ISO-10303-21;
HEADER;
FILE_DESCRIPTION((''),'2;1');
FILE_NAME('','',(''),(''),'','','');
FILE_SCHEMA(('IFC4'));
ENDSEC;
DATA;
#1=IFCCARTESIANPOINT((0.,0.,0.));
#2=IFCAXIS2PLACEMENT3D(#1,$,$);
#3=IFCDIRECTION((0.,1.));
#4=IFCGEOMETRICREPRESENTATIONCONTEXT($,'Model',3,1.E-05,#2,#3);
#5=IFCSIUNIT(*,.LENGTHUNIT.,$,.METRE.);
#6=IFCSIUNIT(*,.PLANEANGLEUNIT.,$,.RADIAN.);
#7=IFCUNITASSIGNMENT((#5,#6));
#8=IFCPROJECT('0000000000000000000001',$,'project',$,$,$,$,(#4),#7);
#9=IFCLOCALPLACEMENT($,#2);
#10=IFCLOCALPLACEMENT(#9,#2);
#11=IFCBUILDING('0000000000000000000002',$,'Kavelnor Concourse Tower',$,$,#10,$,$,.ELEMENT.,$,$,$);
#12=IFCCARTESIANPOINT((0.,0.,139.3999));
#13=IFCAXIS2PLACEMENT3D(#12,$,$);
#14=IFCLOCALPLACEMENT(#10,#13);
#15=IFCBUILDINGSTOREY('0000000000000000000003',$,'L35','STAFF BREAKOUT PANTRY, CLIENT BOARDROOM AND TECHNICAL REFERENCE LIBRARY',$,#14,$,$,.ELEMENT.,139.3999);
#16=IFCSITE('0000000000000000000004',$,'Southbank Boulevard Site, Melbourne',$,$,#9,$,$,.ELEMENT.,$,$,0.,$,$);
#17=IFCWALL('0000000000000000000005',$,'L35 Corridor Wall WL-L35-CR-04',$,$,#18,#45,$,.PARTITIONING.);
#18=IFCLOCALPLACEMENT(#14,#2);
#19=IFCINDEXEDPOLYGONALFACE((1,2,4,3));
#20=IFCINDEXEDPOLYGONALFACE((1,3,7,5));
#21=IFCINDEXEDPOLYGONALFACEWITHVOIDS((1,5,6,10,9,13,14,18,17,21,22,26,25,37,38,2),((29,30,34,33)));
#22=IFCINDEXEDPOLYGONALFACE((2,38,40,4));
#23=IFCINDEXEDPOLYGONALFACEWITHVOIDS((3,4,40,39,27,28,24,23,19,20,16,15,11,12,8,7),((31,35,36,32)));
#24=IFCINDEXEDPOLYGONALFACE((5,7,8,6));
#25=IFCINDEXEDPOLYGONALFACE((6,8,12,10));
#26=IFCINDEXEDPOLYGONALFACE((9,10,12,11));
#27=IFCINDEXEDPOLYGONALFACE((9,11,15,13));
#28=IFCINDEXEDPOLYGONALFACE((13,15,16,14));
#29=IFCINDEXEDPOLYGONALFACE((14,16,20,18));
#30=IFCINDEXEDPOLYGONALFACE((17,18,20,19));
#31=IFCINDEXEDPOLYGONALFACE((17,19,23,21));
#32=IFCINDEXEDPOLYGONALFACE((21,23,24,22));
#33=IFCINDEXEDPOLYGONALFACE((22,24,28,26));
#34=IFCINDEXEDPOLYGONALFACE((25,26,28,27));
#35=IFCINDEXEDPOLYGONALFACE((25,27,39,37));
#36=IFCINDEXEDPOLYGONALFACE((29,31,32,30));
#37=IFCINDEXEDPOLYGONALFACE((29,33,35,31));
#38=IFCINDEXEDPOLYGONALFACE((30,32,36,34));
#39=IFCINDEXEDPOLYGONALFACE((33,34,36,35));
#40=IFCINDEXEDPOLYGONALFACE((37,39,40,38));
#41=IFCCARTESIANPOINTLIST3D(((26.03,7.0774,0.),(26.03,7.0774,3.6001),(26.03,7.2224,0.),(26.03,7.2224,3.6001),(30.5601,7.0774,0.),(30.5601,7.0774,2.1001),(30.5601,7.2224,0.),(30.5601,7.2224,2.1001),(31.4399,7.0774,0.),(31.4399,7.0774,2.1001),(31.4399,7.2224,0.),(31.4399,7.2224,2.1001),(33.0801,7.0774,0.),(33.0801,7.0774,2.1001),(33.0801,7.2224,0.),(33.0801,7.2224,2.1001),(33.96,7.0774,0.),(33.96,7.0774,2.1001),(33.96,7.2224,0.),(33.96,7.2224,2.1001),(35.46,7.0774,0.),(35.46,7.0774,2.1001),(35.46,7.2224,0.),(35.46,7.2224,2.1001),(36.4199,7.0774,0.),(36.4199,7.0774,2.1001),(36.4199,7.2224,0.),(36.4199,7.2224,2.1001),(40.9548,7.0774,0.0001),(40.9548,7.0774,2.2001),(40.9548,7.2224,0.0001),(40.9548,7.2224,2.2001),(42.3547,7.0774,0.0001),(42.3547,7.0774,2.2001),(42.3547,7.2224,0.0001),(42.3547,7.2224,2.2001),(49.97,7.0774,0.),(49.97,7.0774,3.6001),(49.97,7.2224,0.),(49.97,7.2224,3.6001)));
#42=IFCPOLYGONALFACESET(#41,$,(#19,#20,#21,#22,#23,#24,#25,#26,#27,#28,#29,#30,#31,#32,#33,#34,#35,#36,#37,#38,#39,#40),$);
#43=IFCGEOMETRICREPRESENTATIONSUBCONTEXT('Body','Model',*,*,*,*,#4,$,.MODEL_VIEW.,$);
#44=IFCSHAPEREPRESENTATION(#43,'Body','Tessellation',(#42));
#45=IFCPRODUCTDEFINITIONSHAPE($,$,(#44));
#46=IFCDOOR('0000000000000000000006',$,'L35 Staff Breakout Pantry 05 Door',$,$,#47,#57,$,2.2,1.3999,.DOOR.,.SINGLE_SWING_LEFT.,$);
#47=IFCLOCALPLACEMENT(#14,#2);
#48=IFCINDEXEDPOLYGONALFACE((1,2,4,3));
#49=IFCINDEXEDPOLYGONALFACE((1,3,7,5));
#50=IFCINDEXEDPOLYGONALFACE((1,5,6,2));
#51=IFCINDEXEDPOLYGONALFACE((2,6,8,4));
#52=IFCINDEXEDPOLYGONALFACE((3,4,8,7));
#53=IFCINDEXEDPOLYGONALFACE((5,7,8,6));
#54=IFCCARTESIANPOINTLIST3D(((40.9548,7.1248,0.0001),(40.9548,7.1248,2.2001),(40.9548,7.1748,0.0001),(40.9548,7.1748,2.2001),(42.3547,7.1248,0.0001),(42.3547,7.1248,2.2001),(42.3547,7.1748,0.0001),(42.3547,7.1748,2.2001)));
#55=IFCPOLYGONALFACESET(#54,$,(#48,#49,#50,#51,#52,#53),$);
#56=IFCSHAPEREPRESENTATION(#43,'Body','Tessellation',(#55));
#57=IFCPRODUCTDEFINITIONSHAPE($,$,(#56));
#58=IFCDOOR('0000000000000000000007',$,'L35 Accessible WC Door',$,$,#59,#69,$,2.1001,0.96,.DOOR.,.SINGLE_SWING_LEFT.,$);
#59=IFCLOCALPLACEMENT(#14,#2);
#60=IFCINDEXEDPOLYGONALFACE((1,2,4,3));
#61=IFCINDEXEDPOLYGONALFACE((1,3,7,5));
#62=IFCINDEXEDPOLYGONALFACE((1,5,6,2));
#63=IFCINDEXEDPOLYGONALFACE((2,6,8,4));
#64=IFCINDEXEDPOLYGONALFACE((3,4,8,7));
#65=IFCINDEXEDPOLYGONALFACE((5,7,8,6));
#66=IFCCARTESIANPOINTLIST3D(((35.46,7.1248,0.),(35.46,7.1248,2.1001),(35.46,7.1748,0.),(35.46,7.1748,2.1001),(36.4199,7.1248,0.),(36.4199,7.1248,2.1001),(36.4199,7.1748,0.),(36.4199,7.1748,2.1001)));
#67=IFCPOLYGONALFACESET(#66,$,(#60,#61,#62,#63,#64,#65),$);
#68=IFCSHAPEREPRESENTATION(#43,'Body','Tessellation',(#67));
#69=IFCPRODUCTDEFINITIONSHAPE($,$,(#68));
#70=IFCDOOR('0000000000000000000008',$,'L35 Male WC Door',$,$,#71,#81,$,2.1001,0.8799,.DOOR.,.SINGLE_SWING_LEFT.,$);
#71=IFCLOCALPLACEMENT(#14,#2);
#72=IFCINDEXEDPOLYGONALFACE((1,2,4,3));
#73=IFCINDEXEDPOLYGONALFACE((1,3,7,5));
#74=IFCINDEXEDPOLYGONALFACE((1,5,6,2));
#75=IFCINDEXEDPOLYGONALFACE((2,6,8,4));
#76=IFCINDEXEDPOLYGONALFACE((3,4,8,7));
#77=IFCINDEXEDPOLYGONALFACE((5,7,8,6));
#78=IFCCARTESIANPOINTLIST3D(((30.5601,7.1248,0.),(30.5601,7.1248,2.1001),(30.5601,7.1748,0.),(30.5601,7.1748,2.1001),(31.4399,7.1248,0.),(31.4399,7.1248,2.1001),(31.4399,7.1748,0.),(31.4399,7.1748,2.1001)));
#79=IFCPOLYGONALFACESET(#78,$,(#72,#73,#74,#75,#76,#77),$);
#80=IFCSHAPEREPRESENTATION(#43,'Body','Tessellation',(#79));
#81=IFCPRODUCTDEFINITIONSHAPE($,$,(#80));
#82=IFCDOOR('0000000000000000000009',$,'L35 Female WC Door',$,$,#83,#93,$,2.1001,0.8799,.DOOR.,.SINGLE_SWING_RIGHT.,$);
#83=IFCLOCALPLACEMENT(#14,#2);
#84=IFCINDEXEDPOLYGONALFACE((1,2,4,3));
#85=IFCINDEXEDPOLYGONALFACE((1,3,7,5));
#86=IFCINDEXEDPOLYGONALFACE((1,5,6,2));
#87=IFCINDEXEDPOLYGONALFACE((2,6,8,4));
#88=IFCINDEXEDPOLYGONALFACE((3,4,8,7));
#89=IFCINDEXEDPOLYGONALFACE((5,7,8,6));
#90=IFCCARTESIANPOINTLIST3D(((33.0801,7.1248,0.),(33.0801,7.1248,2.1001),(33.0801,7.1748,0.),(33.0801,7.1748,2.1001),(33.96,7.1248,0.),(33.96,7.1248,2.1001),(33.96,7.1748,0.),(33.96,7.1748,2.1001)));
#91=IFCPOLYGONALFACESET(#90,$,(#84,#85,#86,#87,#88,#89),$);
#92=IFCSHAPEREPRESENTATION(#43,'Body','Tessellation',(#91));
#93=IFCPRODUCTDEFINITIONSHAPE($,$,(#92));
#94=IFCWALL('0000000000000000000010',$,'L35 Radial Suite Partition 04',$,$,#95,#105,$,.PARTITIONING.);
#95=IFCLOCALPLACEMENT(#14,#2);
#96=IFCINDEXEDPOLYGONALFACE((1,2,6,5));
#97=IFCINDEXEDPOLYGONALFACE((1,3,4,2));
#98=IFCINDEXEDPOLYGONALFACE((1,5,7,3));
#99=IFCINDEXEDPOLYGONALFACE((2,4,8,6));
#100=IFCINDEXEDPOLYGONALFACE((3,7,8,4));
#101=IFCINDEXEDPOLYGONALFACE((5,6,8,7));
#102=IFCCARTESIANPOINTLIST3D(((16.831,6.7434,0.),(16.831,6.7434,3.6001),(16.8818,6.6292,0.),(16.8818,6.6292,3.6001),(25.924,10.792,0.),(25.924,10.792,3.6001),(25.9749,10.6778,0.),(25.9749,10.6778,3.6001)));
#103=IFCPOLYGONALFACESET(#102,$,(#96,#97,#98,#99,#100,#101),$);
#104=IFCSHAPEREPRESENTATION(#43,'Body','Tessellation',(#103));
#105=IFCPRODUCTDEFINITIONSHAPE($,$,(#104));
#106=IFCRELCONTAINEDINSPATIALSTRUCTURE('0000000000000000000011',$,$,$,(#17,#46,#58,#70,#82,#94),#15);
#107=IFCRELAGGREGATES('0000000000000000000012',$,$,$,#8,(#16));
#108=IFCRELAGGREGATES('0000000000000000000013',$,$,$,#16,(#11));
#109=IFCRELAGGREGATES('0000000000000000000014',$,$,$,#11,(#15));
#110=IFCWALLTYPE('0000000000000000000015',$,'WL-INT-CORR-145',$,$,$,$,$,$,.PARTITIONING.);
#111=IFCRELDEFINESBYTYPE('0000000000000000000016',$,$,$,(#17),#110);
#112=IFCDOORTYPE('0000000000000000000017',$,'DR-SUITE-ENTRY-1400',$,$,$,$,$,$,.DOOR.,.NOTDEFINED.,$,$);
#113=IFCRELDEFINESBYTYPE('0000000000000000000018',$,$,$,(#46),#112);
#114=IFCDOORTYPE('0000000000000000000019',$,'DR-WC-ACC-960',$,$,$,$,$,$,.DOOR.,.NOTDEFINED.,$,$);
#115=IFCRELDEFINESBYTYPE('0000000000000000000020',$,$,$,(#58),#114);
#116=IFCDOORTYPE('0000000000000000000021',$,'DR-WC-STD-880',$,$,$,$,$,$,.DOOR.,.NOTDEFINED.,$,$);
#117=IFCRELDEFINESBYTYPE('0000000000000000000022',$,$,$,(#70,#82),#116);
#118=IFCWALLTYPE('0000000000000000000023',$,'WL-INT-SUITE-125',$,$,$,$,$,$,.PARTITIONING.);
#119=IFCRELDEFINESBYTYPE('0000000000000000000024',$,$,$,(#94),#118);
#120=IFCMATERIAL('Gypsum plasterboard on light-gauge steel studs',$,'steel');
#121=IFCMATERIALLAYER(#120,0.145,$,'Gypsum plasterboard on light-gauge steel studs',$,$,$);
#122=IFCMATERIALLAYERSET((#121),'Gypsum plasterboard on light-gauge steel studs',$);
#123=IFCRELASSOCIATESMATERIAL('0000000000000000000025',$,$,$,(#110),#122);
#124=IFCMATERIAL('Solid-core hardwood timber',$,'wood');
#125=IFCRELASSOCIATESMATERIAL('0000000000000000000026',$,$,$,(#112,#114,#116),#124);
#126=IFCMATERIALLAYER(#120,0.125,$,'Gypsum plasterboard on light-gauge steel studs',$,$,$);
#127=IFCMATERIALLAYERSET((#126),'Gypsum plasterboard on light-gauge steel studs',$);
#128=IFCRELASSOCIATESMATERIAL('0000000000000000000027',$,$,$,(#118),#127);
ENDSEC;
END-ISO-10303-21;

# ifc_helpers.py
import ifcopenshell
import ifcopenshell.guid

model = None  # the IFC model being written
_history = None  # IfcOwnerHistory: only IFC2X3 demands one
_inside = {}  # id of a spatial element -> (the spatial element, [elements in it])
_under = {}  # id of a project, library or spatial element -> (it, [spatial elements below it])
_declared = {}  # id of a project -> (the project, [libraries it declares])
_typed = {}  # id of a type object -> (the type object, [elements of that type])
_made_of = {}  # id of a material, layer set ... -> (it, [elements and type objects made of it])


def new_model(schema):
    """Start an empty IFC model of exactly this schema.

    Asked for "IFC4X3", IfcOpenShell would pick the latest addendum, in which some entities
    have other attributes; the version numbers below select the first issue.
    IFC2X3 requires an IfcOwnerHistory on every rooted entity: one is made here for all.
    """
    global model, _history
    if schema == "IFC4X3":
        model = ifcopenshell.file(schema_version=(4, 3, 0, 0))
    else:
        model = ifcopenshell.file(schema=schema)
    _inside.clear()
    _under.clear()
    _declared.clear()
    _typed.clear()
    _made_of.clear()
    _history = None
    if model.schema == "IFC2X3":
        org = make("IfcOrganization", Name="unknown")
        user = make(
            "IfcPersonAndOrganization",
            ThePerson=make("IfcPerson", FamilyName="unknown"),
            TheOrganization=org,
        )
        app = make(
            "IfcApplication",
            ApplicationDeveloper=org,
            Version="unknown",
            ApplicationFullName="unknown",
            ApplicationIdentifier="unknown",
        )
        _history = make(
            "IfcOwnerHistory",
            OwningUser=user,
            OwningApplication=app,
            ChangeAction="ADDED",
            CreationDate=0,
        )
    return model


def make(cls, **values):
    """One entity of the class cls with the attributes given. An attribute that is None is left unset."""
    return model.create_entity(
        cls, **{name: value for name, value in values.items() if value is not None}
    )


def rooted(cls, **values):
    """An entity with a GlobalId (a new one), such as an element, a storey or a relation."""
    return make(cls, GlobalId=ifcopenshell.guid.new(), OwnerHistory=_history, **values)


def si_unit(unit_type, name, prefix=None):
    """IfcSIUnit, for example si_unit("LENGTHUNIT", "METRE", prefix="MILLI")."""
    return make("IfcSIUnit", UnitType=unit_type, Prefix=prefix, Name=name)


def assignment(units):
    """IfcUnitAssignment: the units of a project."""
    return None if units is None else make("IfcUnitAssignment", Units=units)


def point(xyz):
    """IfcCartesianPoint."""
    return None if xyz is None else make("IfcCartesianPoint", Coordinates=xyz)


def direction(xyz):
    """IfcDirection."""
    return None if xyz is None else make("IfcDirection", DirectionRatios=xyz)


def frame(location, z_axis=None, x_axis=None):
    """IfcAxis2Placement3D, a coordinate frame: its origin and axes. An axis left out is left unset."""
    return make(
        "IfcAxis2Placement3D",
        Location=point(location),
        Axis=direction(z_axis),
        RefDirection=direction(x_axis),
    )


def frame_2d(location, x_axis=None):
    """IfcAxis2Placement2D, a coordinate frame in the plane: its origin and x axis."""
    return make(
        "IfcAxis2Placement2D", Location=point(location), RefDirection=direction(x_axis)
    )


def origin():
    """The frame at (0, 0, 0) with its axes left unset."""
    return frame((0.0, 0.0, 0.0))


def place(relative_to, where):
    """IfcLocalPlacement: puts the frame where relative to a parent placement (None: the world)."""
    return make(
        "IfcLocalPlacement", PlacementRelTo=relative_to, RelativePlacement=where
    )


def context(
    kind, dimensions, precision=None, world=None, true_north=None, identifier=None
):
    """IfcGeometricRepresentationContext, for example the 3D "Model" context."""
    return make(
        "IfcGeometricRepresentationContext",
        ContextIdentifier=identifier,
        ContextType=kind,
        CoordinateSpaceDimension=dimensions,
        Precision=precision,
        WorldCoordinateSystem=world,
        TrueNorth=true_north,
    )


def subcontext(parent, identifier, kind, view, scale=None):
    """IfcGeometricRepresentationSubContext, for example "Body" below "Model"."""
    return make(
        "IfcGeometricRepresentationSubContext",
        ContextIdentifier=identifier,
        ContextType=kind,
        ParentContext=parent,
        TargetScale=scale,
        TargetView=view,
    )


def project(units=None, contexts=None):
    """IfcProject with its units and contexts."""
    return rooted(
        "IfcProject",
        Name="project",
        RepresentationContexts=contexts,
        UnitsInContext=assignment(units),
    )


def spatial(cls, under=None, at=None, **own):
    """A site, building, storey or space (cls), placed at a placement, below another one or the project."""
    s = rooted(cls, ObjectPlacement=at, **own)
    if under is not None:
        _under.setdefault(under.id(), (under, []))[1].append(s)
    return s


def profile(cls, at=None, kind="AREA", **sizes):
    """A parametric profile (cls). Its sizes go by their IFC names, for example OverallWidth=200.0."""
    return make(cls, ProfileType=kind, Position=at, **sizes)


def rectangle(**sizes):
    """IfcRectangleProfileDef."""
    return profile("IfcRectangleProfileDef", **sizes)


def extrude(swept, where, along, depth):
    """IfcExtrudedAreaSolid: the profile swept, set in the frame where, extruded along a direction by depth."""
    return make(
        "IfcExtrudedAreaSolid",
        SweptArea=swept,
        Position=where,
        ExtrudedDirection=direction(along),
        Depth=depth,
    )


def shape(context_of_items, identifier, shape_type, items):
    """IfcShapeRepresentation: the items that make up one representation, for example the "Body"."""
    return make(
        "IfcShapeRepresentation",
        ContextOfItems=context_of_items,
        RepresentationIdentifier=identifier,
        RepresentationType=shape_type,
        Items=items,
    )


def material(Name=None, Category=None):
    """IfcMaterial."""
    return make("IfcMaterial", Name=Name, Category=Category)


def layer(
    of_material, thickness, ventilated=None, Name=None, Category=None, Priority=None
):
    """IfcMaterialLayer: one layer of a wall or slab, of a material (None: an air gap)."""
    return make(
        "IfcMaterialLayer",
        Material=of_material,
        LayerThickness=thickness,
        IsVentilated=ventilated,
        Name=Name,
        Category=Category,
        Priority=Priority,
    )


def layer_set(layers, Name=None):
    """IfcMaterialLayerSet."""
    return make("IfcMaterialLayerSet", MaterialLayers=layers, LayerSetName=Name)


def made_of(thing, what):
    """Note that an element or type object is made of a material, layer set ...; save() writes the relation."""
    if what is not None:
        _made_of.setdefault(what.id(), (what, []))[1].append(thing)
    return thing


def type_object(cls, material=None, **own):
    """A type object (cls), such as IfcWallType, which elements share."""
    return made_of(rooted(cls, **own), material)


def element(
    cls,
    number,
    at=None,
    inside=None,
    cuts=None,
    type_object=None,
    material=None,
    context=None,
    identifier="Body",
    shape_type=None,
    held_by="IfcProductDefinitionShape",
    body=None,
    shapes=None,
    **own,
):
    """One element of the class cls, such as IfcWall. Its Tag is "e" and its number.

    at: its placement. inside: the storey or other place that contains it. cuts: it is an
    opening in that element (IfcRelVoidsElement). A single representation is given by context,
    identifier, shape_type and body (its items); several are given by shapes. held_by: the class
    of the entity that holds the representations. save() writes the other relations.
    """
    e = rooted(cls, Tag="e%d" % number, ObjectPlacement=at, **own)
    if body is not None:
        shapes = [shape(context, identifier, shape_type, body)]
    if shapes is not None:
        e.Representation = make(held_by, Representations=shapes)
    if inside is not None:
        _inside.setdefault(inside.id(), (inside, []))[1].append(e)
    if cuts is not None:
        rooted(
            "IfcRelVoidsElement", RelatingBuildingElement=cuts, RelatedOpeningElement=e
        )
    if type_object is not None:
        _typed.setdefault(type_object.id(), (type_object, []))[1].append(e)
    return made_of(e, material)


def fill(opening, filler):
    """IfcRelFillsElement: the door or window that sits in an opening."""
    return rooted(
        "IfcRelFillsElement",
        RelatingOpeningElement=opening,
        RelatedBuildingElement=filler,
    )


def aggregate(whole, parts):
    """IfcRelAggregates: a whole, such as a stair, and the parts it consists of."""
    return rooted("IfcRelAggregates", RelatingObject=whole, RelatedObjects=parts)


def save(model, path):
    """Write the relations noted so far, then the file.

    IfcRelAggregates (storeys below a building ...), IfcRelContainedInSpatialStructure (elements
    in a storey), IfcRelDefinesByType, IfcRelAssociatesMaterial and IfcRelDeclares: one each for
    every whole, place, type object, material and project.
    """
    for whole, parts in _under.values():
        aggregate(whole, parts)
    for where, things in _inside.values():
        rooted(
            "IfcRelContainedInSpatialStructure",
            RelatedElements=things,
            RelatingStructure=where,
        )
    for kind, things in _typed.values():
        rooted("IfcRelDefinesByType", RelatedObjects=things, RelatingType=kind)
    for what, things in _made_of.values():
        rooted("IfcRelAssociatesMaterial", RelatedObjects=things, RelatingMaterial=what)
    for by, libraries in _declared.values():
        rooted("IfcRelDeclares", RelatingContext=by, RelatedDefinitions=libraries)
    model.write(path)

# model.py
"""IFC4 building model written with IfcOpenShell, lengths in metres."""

from ifc_helpers import new_model, si_unit, direction, frame, frame_2d, origin, place, context, subcontext, project, spatial, rectangle, extrude, material, layer, layer_set, type_object, element, fill, save


model = new_model("IFC4")

# Units and contexts
model_context = context("Model", 3, precision=1e-05, world=origin(), true_north=direction((0.0, 1.0)))
body_context = subcontext(model_context, "Body", "Model", "MODEL_VIEW")
ifc_project = project(units=[si_unit("LENGTHUNIT", "METRE"), si_unit("PLANEANGLEUNIT", "RADIAN")], contexts=[model_context])

# Site, building, storey
site_placement = place(None, origin())
site = spatial("IfcSite", under=ifc_project, at=site_placement, Name="Southbank Boulevard Site, Melbourne", CompositionType="ELEMENT", RefElevation=0.0)
building_placement = place(site_placement, origin())
building = spatial("IfcBuilding", under=site, at=building_placement, Name="Kavelnor Concourse Tower", CompositionType="ELEMENT")
storey_placement = place(building_placement, frame((0.0, 0.0, 139.3999)))
storey = spatial("IfcBuildingStorey", under=building, at=storey_placement, Name="L35", Description="STAFF BREAKOUT PANTRY, CLIENT BOARDROOM AND TECHNICAL REFERENCE LIBRARY", CompositionType="ELEMENT", Elevation=139.3999)

# Wall, openings, doors
ifc_material_1 = material(Name="Gypsum plasterboard on light-gauge steel studs", Category="steel")
ifc_layer_1 = layer(ifc_material_1, 0.145, Name="Gypsum plasterboard on light-gauge steel studs")
ifc_layer_set_1 = layer_set([ifc_layer_1], Name="Gypsum plasterboard on light-gauge steel studs")
wall_type_1 = type_object("IfcWallType", Name="WL-INT-CORR-145", PredefinedType="PARTITIONING", material=ifc_layer_set_1)
wall_1_placement = place(storey_placement, frame((26.03, 7.1499, 0.0), z_axis=(0.0, 0.0, 1.0), x_axis=(1.0, 0.0, 0.0)))
wall_1 = element("IfcWall", 1, at=wall_1_placement, inside=storey, type_object=wall_type_1, Name="L35 Corridor Wall WL-L35-CR-04", PredefinedType="PARTITIONING", context=body_context, shape_type="SweptSolid", body=[
    extrude(rectangle(XDim=23.9399, YDim=0.145, at=frame_2d((11.97, 0.0))), origin(), (0.0, 0.0, 1.0), 3.6001),
])
opening_1_placement = place(wall_1_placement, frame((4.53, 0.0, 0.0)))
opening_1 = element("IfcOpeningElement", 2, at=opening_1_placement, cuts=wall_1, PredefinedType="OPENING", context=body_context, shape_type="SweptSolid", body=[
    extrude(rectangle(XDim=0.8799, YDim=2.1001, at=frame_2d((0.4399, 1.05))), frame((0.0, 0.0825, 0.0), z_axis=(0.0, -1.0, 0.0), x_axis=(1.0, 0.0, 0.0)), (0.0, 0.0, 1.0), 0.165),
])
opening_2_placement = place(wall_1_placement, frame((7.05, 0.0, 0.0)))
opening_2 = element("IfcOpeningElement", 3, at=opening_2_placement, cuts=wall_1, PredefinedType="OPENING", context=body_context, shape_type="SweptSolid", body=[
    extrude(rectangle(XDim=0.8799, YDim=2.1001, at=frame_2d((0.4399, 1.05))), frame((0.0, 0.0825, 0.0), z_axis=(0.0, -1.0, 0.0), x_axis=(1.0, 0.0, 0.0)), (0.0, 0.0, 1.0), 0.165),
])
opening_3_placement = place(wall_1_placement, frame((9.4299, 0.0, 0.0)))
opening_3 = element("IfcOpeningElement", 4, at=opening_3_placement, cuts=wall_1, PredefinedType="OPENING", context=body_context, shape_type="SweptSolid", body=[
    extrude(rectangle(XDim=0.96, YDim=2.1001, at=frame_2d((0.48, 1.05))), frame((0.0, 0.0825, 0.0), z_axis=(0.0, -1.0, 0.0), x_axis=(1.0, 0.0, 0.0)), (0.0, 0.0, 1.0), 0.165),
])
opening_4_placement = place(wall_1_placement, frame((14.9248, 0.0, 0.0)))
opening_4 = element("IfcOpeningElement", 5, at=opening_4_placement, cuts=wall_1, PredefinedType="OPENING", context=body_context, shape_type="SweptSolid", body=[
    extrude(rectangle(XDim=1.3999, YDim=2.2, at=frame_2d((0.7, 1.1001))), frame((0.0, 0.0825, 0.0), z_axis=(0.0, -1.0, 0.0), x_axis=(1.0, 0.0, 0.0)), (0.0, 0.0, 1.0), 0.165),
])
ifc_material_2 = material(Name="Solid-core hardwood timber", Category="wood")
door_type_1 = type_object("IfcDoorType", Name="DR-SUITE-ENTRY-1400", OperationType="NOTDEFINED", PredefinedType="DOOR", material=ifc_material_2)
door_1_placement = place(opening_4_placement, origin())
door_1 = element("IfcDoor", 6, at=door_1_placement, inside=storey, type_object=door_type_1, Name="L35 Staff Breakout Pantry 05 Door", OperationType="SINGLE_SWING_LEFT", OverallHeight=2.2, OverallWidth=1.3999, PredefinedType="DOOR", context=body_context, shape_type="SweptSolid", body=[
    extrude(rectangle(XDim=1.3999, YDim=2.2, at=frame_2d((0.7, 1.1001))), frame((0.0, 0.0249, 0.0), z_axis=(0.0, -1.0, 0.0), x_axis=(1.0, 0.0, 0.0)), (0.0, 0.0, 1.0), 0.05),
])
fill(opening_4, door_1)
door_type_2 = type_object("IfcDoorType", Name="DR-WC-ACC-960", OperationType="NOTDEFINED", PredefinedType="DOOR", material=ifc_material_2)
door_2_placement = place(opening_3_placement, origin())
door_2 = element("IfcDoor", 7, at=door_2_placement, inside=storey, type_object=door_type_2, Name="L35 Accessible WC Door", OperationType="SINGLE_SWING_LEFT", OverallHeight=2.1001, OverallWidth=0.96, PredefinedType="DOOR", context=body_context, shape_type="SweptSolid", body=[
    extrude(rectangle(XDim=0.96, YDim=2.1001, at=frame_2d((0.48, 1.05))), frame((0.0, 0.0249, 0.0), z_axis=(0.0, -1.0, 0.0), x_axis=(1.0, 0.0, 0.0)), (0.0, 0.0, 1.0), 0.05),
])
fill(opening_3, door_2)
door_type_3 = type_object("IfcDoorType", Name="DR-WC-STD-880", OperationType="NOTDEFINED", PredefinedType="DOOR", material=ifc_material_2)
door_3_placement = place(opening_1_placement, origin())
door_3 = element("IfcDoor", 8, at=door_3_placement, inside=storey, type_object=door_type_3, Name="L35 Male WC Door", OperationType="SINGLE_SWING_LEFT", OverallHeight=2.1001, OverallWidth=0.8799, PredefinedType="DOOR", context=body_context, shape_type="SweptSolid", body=[
    extrude(rectangle(XDim=0.8799, YDim=2.1001, at=frame_2d((0.4399, 1.05))), frame((0.0, 0.0249, 0.0), z_axis=(0.0, -1.0, 0.0), x_axis=(1.0, 0.0, 0.0)), (0.0, 0.0, 1.0), 0.05),
])
fill(opening_1, door_3)
door_4_placement = place(opening_2_placement, origin())
door_4 = element("IfcDoor", 9, at=door_4_placement, inside=storey, type_object=door_type_3, Name="L35 Female WC Door", OperationType="SINGLE_SWING_RIGHT", OverallHeight=2.1001, OverallWidth=0.8799, PredefinedType="DOOR", context=body_context, shape_type="SweptSolid", body=[
    extrude(rectangle(XDim=0.8799, YDim=2.1001, at=frame_2d((0.4399, 1.05))), frame((0.0, 0.0249, 0.0), z_axis=(0.0, -1.0, 0.0), x_axis=(1.0, 0.0, 0.0)), (0.0, 0.0, 1.0), 0.05),
])
fill(opening_2, door_4)

# Wall
ifc_layer_2 = layer(ifc_material_1, 0.125, Name="Gypsum plasterboard on light-gauge steel studs")
ifc_layer_set_2 = layer_set([ifc_layer_2], Name="Gypsum plasterboard on light-gauge steel studs")
wall_type_2 = type_object("IfcWallType", Name="WL-INT-SUITE-125", PredefinedType="PARTITIONING", material=ifc_layer_set_2)
wall_2_placement = place(storey_placement, frame((25.9495, 10.7349, 0.0), z_axis=(0.0, 0.0, 1.0), x_axis=(-0.913541, -0.406746, 0.0)))
element("IfcWall", 10, at=wall_2_placement, inside=storey, type_object=wall_type_2, Name="L35 Radial Suite Partition 04", PredefinedType="PARTITIONING", context=body_context, shape_type="SweptSolid", body=[
    extrude(rectangle(XDim=9.9536, YDim=0.125, at=frame_2d((4.9768, 0.0))), origin(), (0.0, 0.0, 1.0), 3.6001),
])

save(model, "model.ifc")
